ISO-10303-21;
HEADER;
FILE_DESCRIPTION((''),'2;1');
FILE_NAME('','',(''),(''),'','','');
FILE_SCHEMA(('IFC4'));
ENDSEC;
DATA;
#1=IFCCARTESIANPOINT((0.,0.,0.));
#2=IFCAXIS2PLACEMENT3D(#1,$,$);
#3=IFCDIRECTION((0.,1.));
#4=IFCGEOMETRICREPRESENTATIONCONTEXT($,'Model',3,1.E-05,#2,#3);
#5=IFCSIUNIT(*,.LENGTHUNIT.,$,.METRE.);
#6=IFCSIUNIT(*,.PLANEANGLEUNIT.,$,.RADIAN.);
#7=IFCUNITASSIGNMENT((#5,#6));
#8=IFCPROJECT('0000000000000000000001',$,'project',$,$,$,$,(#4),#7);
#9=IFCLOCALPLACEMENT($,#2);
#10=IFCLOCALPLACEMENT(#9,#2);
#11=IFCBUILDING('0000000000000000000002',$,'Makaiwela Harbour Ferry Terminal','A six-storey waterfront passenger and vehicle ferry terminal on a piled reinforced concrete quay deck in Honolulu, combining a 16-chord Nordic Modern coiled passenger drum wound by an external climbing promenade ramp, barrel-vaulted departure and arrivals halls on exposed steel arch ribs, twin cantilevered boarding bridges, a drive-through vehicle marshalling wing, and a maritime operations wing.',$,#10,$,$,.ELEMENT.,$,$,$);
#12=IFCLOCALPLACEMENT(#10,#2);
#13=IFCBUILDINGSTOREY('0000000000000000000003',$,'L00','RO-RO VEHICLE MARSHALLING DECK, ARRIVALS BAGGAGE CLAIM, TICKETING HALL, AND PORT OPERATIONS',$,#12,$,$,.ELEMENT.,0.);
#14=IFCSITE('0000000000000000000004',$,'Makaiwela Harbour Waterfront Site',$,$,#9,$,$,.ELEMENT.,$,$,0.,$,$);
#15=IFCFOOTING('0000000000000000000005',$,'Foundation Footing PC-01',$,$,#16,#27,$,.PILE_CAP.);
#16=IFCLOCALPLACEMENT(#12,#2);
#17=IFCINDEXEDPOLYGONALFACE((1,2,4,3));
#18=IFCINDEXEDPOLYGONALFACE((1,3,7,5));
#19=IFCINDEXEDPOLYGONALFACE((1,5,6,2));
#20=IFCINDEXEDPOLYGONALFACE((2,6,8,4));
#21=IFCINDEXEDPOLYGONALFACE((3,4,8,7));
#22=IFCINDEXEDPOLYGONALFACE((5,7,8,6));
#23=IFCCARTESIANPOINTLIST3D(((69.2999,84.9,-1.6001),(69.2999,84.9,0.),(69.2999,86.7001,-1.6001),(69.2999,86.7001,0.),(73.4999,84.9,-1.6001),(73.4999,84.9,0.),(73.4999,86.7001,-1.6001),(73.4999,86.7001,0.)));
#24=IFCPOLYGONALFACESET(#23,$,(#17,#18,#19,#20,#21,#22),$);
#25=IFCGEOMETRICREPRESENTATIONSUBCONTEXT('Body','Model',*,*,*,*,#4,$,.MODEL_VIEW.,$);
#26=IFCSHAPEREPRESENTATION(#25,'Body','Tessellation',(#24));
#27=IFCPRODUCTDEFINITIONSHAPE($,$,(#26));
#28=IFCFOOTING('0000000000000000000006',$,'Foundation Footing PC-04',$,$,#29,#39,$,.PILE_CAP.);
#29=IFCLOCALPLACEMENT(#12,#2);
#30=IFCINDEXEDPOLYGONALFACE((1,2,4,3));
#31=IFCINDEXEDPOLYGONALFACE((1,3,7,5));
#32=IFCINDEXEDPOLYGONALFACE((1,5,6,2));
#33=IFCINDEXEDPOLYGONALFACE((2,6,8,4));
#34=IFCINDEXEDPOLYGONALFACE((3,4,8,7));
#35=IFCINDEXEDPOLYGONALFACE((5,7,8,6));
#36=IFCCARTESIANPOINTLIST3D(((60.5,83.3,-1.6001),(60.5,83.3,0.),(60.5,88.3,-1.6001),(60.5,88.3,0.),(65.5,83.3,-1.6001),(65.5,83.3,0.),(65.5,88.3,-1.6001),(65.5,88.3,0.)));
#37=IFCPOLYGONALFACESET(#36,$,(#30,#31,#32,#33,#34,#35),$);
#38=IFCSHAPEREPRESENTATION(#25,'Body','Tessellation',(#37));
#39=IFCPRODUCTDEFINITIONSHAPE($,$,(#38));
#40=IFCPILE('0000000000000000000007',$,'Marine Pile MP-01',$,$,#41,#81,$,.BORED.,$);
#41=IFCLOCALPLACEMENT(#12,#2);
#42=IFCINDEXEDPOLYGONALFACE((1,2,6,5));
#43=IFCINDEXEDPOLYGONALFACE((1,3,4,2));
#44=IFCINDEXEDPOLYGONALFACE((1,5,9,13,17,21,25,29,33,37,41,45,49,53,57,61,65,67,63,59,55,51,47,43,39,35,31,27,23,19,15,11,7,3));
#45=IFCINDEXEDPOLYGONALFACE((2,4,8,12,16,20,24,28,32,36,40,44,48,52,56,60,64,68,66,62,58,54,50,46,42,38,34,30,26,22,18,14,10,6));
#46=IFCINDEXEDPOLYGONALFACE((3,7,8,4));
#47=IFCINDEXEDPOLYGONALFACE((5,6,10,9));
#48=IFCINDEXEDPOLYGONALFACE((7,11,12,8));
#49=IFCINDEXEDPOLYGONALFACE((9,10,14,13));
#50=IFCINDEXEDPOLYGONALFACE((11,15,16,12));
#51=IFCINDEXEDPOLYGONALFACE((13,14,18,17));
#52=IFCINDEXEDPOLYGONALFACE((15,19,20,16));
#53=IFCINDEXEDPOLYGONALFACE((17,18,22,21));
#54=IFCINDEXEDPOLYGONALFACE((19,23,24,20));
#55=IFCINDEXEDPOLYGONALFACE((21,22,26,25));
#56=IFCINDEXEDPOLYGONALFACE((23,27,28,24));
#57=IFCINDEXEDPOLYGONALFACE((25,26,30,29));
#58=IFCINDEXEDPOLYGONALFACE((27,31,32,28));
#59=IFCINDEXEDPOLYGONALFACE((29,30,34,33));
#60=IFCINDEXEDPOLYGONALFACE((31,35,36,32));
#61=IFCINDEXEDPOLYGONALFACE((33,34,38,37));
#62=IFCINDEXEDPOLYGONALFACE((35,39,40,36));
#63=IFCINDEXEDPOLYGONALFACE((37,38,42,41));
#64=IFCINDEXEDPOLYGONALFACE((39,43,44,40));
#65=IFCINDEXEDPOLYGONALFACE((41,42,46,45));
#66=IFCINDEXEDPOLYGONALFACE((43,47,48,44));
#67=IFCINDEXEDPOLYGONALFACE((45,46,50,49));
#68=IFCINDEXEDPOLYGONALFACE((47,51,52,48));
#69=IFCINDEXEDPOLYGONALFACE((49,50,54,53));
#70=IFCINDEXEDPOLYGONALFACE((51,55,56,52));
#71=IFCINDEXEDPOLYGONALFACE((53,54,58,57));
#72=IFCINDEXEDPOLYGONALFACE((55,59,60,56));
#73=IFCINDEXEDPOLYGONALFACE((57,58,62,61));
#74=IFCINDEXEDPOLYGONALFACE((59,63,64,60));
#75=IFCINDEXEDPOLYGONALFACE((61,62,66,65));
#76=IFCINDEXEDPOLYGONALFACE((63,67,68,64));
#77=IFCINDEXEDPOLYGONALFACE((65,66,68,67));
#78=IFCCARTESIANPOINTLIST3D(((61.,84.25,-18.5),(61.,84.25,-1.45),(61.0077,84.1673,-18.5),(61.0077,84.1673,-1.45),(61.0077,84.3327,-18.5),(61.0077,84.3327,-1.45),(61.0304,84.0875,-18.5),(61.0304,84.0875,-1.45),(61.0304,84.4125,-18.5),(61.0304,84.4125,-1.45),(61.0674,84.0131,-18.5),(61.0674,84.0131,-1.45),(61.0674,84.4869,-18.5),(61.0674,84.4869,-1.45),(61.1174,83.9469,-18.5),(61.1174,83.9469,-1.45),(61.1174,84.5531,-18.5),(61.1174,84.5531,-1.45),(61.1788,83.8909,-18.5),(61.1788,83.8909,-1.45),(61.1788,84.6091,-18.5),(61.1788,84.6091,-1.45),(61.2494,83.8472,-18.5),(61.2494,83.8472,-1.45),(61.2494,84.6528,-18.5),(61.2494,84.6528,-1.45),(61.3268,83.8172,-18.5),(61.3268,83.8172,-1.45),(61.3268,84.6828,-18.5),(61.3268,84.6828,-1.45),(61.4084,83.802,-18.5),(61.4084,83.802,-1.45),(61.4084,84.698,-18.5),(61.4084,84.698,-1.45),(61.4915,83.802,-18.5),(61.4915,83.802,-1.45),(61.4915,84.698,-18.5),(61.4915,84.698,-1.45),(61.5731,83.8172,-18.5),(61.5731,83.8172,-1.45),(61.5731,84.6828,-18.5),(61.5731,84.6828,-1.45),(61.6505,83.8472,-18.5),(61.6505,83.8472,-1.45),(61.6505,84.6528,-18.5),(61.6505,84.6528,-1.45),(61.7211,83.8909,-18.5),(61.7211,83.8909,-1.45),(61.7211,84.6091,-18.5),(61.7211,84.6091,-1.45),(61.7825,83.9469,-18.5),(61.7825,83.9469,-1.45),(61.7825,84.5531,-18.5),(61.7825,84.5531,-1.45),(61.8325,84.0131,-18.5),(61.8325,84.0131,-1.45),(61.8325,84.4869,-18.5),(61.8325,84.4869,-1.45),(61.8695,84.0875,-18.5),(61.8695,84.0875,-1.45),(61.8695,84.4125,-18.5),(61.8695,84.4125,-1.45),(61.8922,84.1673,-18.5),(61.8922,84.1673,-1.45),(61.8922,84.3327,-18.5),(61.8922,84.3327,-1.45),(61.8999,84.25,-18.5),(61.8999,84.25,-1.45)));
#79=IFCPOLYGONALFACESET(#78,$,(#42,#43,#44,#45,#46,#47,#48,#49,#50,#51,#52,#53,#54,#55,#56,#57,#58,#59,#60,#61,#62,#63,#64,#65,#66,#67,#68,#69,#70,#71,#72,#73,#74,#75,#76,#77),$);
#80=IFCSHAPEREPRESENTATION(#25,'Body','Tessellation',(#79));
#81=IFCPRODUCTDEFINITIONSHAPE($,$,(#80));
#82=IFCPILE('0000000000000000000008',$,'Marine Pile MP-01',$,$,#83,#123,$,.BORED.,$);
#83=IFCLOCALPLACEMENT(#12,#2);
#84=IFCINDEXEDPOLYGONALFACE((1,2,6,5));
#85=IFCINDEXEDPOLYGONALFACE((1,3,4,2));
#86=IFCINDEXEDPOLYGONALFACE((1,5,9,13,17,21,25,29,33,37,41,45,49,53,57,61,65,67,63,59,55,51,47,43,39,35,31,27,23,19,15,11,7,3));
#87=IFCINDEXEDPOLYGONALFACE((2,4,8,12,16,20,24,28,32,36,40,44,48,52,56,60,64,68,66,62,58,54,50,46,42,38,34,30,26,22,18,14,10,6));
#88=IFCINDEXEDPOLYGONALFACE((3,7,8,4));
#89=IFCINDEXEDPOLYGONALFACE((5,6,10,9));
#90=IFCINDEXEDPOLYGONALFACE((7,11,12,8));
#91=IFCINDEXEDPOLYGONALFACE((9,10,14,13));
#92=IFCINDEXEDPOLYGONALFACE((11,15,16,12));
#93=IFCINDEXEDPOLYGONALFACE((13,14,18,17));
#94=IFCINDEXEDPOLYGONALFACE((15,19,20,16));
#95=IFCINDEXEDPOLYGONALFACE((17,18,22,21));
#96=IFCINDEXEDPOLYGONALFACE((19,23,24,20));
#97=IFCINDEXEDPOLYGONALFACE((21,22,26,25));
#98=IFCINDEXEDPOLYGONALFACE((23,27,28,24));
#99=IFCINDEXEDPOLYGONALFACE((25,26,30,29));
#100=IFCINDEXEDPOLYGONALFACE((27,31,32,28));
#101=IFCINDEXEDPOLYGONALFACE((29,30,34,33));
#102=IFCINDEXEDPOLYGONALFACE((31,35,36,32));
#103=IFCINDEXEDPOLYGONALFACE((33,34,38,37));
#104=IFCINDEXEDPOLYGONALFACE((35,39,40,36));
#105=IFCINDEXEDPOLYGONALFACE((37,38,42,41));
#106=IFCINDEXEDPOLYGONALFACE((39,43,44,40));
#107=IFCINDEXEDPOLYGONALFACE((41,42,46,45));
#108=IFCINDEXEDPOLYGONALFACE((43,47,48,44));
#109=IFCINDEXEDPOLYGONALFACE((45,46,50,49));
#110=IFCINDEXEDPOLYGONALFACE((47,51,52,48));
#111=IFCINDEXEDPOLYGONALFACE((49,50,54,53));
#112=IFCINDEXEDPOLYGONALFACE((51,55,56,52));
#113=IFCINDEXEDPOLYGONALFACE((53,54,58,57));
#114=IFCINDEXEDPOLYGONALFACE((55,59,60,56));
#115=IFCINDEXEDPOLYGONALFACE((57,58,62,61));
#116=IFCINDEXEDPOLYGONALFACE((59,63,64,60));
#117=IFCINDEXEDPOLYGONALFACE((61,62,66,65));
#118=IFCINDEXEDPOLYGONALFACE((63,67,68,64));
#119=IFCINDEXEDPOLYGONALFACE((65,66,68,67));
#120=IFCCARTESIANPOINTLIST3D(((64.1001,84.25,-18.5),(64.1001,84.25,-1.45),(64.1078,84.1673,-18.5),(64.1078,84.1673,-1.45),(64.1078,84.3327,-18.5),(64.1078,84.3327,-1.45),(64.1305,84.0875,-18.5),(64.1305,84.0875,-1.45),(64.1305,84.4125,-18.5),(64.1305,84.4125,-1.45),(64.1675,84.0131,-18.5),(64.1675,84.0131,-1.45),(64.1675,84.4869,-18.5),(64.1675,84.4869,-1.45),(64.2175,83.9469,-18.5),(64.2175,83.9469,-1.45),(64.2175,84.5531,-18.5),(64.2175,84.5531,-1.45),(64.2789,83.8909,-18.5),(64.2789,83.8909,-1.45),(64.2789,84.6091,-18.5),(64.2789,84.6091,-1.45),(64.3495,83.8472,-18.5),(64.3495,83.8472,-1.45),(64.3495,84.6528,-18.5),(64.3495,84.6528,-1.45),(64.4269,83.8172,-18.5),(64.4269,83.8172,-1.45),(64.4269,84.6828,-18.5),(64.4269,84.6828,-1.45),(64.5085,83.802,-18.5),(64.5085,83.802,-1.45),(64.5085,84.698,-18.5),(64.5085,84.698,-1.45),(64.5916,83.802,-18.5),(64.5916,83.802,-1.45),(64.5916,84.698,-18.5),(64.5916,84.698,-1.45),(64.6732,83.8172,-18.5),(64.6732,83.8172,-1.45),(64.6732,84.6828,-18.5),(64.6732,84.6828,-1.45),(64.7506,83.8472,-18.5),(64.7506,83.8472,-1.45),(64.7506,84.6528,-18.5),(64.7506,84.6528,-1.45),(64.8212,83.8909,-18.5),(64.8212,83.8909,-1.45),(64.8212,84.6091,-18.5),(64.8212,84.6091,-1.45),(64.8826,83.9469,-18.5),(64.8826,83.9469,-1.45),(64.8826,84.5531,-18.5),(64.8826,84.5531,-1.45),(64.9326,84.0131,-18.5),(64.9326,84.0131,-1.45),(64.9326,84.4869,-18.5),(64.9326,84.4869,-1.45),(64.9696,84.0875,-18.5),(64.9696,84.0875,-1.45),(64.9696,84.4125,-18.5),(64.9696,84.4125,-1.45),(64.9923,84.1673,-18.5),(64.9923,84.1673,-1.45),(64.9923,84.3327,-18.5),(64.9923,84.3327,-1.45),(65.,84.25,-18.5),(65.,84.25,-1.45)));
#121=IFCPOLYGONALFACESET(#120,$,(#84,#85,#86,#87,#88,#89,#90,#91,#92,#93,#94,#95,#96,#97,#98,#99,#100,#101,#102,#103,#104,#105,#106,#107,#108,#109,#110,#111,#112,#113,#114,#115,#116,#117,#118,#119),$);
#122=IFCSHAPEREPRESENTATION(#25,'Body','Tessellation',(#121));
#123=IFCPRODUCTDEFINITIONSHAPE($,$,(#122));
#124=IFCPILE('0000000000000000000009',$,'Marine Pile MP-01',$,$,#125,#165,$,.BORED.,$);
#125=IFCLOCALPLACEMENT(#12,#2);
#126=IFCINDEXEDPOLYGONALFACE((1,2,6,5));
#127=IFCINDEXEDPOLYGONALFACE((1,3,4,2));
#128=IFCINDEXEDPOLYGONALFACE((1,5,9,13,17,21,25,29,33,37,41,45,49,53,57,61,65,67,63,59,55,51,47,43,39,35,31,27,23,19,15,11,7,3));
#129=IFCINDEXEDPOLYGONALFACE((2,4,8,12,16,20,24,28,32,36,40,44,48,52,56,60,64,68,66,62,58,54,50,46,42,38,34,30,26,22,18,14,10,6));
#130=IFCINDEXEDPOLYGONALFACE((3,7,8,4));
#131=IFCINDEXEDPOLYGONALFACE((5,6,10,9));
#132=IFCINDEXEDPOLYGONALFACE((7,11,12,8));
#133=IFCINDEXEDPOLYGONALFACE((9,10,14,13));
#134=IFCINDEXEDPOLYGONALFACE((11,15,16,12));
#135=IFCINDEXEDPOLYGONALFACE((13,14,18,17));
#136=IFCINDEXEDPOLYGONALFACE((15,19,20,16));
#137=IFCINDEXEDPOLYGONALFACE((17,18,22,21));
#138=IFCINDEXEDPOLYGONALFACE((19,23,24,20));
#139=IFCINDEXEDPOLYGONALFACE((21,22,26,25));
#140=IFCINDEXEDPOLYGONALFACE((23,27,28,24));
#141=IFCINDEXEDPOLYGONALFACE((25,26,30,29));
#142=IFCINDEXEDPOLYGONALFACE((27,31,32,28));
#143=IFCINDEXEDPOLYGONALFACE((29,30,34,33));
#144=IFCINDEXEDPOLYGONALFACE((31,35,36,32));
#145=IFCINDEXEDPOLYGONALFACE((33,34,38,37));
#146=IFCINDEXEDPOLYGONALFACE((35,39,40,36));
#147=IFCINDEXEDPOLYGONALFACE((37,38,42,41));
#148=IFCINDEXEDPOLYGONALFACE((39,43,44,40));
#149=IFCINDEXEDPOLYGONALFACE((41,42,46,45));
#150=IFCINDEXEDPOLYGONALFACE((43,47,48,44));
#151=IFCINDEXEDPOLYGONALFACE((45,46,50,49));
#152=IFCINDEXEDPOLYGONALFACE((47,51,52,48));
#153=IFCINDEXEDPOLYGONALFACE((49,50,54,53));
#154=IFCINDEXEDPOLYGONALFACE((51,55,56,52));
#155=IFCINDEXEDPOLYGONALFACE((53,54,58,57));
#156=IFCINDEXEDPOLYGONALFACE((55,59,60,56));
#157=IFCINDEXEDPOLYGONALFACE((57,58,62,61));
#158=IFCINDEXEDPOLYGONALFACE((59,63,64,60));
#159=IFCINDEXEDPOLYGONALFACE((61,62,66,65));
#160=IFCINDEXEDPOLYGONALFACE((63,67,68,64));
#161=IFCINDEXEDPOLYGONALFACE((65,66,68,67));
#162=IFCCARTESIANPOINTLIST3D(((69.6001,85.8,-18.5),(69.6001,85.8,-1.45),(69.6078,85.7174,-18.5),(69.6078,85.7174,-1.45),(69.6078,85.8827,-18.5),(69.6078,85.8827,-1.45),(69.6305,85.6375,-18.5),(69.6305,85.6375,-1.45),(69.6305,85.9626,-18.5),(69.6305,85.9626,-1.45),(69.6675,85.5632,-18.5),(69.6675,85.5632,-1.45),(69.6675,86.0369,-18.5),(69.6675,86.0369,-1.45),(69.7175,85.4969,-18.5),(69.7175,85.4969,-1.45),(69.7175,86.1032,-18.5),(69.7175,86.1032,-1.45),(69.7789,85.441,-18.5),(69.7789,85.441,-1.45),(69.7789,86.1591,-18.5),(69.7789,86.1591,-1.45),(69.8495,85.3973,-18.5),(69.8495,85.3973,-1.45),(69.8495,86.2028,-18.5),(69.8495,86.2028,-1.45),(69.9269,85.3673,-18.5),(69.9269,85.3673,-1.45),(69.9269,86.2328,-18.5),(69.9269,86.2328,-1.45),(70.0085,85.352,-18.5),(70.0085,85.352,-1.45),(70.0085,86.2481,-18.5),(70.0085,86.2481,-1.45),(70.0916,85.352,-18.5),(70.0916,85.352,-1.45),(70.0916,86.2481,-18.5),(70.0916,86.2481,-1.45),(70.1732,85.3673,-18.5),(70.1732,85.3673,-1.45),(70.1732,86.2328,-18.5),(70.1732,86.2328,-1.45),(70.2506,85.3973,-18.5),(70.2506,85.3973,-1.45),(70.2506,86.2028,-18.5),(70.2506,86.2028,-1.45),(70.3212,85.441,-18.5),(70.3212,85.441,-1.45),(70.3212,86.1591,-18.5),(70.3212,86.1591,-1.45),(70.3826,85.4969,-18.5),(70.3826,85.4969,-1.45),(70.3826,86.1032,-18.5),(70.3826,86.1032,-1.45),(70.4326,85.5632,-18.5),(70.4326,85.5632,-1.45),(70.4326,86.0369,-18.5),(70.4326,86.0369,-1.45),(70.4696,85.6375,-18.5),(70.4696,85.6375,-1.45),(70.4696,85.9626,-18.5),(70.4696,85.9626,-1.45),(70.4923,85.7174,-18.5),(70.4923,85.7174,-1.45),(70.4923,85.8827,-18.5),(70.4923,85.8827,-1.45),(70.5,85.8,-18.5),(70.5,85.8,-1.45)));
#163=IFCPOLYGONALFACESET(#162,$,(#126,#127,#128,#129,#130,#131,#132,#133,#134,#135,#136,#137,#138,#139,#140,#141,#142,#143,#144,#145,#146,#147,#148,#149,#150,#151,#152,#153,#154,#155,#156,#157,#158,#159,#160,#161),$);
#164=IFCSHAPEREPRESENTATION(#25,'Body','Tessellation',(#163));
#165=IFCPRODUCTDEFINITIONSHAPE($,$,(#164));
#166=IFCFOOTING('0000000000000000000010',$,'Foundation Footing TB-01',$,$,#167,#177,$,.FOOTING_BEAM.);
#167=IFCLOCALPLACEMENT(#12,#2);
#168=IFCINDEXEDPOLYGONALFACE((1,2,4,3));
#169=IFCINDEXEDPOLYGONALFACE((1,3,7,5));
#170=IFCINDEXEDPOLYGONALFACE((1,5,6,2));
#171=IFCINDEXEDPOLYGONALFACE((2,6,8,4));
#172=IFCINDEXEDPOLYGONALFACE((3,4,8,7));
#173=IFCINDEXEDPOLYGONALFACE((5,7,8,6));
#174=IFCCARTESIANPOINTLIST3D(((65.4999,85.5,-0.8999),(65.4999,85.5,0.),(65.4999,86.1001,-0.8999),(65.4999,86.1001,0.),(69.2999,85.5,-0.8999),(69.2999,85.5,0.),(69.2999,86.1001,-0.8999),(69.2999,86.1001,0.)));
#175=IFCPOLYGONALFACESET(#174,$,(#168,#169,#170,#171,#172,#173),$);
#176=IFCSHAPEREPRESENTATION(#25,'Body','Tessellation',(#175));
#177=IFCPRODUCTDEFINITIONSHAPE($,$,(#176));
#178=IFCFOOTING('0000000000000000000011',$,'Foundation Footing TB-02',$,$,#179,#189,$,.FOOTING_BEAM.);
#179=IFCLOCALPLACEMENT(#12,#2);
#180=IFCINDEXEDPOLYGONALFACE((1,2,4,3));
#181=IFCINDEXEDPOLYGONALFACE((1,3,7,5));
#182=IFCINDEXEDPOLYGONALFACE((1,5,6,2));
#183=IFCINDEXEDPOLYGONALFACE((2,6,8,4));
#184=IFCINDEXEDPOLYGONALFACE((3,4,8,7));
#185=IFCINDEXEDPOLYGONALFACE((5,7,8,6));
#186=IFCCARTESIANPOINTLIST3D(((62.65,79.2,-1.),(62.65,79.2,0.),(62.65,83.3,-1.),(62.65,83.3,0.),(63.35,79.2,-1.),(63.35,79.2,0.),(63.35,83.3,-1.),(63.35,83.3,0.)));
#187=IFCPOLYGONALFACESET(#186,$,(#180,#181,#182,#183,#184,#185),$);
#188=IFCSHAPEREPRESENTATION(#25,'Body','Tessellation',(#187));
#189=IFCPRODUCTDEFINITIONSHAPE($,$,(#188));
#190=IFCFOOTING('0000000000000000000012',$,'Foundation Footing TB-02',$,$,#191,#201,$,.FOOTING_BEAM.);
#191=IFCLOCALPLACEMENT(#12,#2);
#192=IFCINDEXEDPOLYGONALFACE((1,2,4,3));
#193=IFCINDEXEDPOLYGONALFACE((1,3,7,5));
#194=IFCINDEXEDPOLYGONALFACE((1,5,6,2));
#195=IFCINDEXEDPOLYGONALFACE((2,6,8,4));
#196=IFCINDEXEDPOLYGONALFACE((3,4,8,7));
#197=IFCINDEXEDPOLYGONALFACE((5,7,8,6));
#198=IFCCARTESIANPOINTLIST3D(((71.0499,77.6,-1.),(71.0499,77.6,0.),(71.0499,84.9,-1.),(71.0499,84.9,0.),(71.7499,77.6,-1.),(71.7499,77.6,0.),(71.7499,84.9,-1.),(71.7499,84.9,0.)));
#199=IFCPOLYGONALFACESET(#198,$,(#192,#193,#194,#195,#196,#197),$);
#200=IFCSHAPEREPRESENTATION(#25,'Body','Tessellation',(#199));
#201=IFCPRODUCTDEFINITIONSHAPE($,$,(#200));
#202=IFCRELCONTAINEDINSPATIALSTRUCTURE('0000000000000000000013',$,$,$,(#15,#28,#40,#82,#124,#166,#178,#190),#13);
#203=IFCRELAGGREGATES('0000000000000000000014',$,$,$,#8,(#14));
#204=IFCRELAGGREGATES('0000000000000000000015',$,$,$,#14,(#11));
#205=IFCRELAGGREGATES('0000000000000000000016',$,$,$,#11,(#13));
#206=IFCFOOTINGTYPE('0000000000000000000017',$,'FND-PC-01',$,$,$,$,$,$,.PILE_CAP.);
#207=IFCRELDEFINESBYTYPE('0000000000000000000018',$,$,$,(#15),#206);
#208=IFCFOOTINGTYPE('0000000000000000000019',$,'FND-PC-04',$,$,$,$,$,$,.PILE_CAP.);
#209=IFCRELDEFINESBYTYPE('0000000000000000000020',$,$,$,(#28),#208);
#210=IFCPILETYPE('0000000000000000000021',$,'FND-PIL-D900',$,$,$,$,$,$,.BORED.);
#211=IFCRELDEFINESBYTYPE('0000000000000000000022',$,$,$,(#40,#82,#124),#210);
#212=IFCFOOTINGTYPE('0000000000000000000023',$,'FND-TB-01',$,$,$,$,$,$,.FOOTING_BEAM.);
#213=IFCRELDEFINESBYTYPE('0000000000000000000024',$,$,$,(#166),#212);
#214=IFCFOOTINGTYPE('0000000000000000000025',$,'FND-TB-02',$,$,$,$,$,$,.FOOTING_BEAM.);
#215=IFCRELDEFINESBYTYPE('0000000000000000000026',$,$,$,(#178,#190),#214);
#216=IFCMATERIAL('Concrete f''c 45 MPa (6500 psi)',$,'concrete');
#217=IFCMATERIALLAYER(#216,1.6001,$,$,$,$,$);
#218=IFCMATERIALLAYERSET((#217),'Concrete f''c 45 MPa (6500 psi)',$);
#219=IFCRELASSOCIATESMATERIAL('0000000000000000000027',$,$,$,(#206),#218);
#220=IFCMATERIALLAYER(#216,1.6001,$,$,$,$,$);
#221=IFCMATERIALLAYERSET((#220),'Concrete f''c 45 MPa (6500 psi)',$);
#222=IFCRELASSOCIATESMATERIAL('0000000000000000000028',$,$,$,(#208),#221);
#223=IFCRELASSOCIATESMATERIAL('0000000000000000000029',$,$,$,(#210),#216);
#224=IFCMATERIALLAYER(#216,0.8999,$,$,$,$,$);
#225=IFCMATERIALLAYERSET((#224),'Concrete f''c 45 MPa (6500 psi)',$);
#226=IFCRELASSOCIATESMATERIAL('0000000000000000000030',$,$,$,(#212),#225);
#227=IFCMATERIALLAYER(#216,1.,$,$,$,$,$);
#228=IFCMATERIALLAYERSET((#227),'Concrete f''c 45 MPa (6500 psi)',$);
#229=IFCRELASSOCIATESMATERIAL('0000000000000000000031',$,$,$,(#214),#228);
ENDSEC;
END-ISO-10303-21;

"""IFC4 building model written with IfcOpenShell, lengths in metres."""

from ifc_helpers import new_model, si_unit, direction, frame, origin, origin_2d, place, context, subcontext, project, spatial, rectangle, circle, extrude, material, layer, layer_set, material_profile, profile_set, type_object, element, save


model = new_model("IFC4")

# Units and contexts
model_context = context("Model", 3, precision=1e-05, world=origin(), true_north=direction((0.0, 1.0)))
body_context = subcontext(model_context, "Body", "Model", "MODEL_VIEW")
ifc_project = project(units=[si_unit("LENGTHUNIT", "METRE"), si_unit("PLANEANGLEUNIT", "RADIAN")], contexts=[model_context])

# Site, building, storey
site_placement = place(None, origin())
site = spatial("IfcSite", under=ifc_project, at=site_placement, Name="Makaiwela Harbour Waterfront Site", CompositionType="ELEMENT", RefElevation=0.0)
building_placement = place(site_placement, origin())
building = spatial("IfcBuilding", under=site, at=building_placement, Name="Makaiwela Harbour Ferry Terminal", Description="A six-storey waterfront passenger and vehicle ferry terminal on a piled reinforced concrete quay deck in Honolulu, combining a 16-chord Nordic Modern coiled passenger drum wound by an external climbing promenade ramp, barrel-vaulted departure and arrivals halls on exposed steel arch ribs, twin cantilevered boarding bridges, a drive-through vehicle marshalling wing, and a maritime operations wing.", CompositionType="ELEMENT")
storey_placement = place(building_placement, origin())
storey = spatial("IfcBuildingStorey", under=building, at=storey_placement, Name="L00", Description="RO-RO VEHICLE MARSHALLING DECK, ARRIVALS BAGGAGE CLAIM, TICKETING HALL, AND PORT OPERATIONS", CompositionType="ELEMENT", Elevation=0.0)

# Footings
ifc_material_1 = material(Name="Concrete f'c 45 MPa (6500 psi)", Category="concrete")
ifc_layer_1 = layer(ifc_material_1, 1.6001)
ifc_layer_set_1 = layer_set([ifc_layer_1], Name="Concrete f'c 45 MPa (6500 psi)")
footing_type_1 = type_object("IfcFootingType", Name="FND-PC-01", PredefinedType="PILE_CAP", material=ifc_layer_set_1)
footing_1_placement = place(storey_placement, frame((71.3999, 85.8, -1.6001), z_axis=(0.0, 0.0, 1.0), x_axis=(1.0, 0.0, 0.0)))
element("IfcFooting", 1, at=footing_1_placement, inside=storey, type_object=footing_type_1, Name="Foundation Footing PC-01", PredefinedType="PILE_CAP", context=body_context, shape_type="SweptSolid", body=[
    extrude(rectangle(XDim=4.2, YDim=1.8, at=origin_2d()), origin(), (0.0, 0.0, 1.0), 1.6001),
])
ifc_layer_2 = layer(ifc_material_1, 1.6001)
ifc_layer_set_2 = layer_set([ifc_layer_2], Name="Concrete f'c 45 MPa (6500 psi)")
footing_type_2 = type_object("IfcFootingType", Name="FND-PC-04", PredefinedType="PILE_CAP", material=ifc_layer_set_2)
footing_2_placement = place(storey_placement, frame((63.0, 85.8, -1.6001), z_axis=(0.0, 0.0, 1.0), x_axis=(1.0, 0.0, 0.0)))
element("IfcFooting", 2, at=footing_2_placement, inside=storey, type_object=footing_type_2, Name="Foundation Footing PC-04", PredefinedType="PILE_CAP", context=body_context, shape_type="SweptSolid", body=[
    extrude(rectangle(XDim=5.0, YDim=5.0, at=origin_2d()), origin(), (0.0, 0.0, 1.0), 1.6001),
])

# Piles
ifc_material_profile_1 = material_profile(ifc_material_1, circle(Radius=0.45, at=origin_2d()), Name="PILE-D900")
ifc_profile_set_1 = profile_set([ifc_material_profile_1], Name="Concrete f'c 45 MPa (6500 psi)")
pile_type = type_object("IfcPileType", Name="FND-PIL-D900", PredefinedType="BORED", material=ifc_profile_set_1)
for number, where, z_axis, x_axis, name in (
    (3, (61.45, 84.25, -1.45), (0.0, 0.0, -1.0), (1.0, 0.0, 0.0), "Marine Pile MP-01"),
    (4, (64.55, 84.25, -1.45), (0.0, 0.0, -1.0), (1.0, 0.0, 0.0), "Marine Pile MP-01"),
    (5, (70.05, 85.8, -1.45), (0.0, 0.0, -1.0), (1.0, 0.0, 0.0), "Marine Pile MP-01"),
):
    element("IfcPile", number, at=place(storey_placement, frame(where, z_axis=z_axis, x_axis=x_axis)), inside=storey, type_object=pile_type, Name=name, PredefinedType="BORED", context=body_context, shape_type="SweptSolid", body=[
        extrude(circle(Radius=0.45, at=origin_2d()), origin(), (0.0, 0.0, 1.0), 17.05),
    ])

# Footings
ifc_layer_3 = layer(ifc_material_1, 0.8999)
ifc_layer_set_3 = layer_set([ifc_layer_3], Name="Concrete f'c 45 MPa (6500 psi)")
footing_type_3 = type_object("IfcFootingType", Name="FND-TB-01", PredefinedType="FOOTING_BEAM", material=ifc_layer_set_3)
footing_3_placement = place(storey_placement, frame((67.3999, 85.8, -0.8999), z_axis=(0.0, 0.0, 1.0), x_axis=(1.0, 0.0, 0.0)))
element("IfcFooting", 6, at=footing_3_placement, inside=storey, type_object=footing_type_3, Name="Foundation Footing TB-01", PredefinedType="FOOTING_BEAM", context=body_context, shape_type="SweptSolid", body=[
    extrude(rectangle(XDim=3.8, YDim=0.6001, at=origin_2d()), origin(), (0.0, 0.0, 1.0), 0.8999),
])
ifc_layer_4 = layer(ifc_material_1, 1.0)
ifc_layer_set_4 = layer_set([ifc_layer_4], Name="Concrete f'c 45 MPa (6500 psi)")
footing_type_4 = type_object("IfcFootingType", Name="FND-TB-02", PredefinedType="FOOTING_BEAM", material=ifc_layer_set_4)
footing_4_placement = place(storey_placement, frame((63.0, 81.25, -1.0), z_axis=(0.0, 0.0, 1.0), x_axis=(0.0, 1.0, 0.0)))
element("IfcFooting", 7, at=footing_4_placement, inside=storey, type_object=footing_type_4, Name="Foundation Footing TB-02", PredefinedType="FOOTING_BEAM", context=body_context, shape_type="SweptSolid", body=[
    extrude(rectangle(XDim=4.1001, YDim=0.7, at=origin_2d()), origin(), (0.0, 0.0, 1.0), 1.0),
])
footing_5_placement = place(storey_placement, frame((71.3999, 81.25, -1.0), z_axis=(0.0, 0.0, 1.0), x_axis=(0.0, 1.0, 0.0)))
element("IfcFooting", 8, at=footing_5_placement, inside=storey, type_object=footing_type_4, Name="Foundation Footing TB-02", PredefinedType="FOOTING_BEAM", context=body_context, shape_type="SweptSolid", body=[
    extrude(rectangle(XDim=7.3, YDim=0.7, at=origin_2d()), origin(), (0.0, 0.0, 1.0), 1.0),
])

save(model, "model.ifc")
